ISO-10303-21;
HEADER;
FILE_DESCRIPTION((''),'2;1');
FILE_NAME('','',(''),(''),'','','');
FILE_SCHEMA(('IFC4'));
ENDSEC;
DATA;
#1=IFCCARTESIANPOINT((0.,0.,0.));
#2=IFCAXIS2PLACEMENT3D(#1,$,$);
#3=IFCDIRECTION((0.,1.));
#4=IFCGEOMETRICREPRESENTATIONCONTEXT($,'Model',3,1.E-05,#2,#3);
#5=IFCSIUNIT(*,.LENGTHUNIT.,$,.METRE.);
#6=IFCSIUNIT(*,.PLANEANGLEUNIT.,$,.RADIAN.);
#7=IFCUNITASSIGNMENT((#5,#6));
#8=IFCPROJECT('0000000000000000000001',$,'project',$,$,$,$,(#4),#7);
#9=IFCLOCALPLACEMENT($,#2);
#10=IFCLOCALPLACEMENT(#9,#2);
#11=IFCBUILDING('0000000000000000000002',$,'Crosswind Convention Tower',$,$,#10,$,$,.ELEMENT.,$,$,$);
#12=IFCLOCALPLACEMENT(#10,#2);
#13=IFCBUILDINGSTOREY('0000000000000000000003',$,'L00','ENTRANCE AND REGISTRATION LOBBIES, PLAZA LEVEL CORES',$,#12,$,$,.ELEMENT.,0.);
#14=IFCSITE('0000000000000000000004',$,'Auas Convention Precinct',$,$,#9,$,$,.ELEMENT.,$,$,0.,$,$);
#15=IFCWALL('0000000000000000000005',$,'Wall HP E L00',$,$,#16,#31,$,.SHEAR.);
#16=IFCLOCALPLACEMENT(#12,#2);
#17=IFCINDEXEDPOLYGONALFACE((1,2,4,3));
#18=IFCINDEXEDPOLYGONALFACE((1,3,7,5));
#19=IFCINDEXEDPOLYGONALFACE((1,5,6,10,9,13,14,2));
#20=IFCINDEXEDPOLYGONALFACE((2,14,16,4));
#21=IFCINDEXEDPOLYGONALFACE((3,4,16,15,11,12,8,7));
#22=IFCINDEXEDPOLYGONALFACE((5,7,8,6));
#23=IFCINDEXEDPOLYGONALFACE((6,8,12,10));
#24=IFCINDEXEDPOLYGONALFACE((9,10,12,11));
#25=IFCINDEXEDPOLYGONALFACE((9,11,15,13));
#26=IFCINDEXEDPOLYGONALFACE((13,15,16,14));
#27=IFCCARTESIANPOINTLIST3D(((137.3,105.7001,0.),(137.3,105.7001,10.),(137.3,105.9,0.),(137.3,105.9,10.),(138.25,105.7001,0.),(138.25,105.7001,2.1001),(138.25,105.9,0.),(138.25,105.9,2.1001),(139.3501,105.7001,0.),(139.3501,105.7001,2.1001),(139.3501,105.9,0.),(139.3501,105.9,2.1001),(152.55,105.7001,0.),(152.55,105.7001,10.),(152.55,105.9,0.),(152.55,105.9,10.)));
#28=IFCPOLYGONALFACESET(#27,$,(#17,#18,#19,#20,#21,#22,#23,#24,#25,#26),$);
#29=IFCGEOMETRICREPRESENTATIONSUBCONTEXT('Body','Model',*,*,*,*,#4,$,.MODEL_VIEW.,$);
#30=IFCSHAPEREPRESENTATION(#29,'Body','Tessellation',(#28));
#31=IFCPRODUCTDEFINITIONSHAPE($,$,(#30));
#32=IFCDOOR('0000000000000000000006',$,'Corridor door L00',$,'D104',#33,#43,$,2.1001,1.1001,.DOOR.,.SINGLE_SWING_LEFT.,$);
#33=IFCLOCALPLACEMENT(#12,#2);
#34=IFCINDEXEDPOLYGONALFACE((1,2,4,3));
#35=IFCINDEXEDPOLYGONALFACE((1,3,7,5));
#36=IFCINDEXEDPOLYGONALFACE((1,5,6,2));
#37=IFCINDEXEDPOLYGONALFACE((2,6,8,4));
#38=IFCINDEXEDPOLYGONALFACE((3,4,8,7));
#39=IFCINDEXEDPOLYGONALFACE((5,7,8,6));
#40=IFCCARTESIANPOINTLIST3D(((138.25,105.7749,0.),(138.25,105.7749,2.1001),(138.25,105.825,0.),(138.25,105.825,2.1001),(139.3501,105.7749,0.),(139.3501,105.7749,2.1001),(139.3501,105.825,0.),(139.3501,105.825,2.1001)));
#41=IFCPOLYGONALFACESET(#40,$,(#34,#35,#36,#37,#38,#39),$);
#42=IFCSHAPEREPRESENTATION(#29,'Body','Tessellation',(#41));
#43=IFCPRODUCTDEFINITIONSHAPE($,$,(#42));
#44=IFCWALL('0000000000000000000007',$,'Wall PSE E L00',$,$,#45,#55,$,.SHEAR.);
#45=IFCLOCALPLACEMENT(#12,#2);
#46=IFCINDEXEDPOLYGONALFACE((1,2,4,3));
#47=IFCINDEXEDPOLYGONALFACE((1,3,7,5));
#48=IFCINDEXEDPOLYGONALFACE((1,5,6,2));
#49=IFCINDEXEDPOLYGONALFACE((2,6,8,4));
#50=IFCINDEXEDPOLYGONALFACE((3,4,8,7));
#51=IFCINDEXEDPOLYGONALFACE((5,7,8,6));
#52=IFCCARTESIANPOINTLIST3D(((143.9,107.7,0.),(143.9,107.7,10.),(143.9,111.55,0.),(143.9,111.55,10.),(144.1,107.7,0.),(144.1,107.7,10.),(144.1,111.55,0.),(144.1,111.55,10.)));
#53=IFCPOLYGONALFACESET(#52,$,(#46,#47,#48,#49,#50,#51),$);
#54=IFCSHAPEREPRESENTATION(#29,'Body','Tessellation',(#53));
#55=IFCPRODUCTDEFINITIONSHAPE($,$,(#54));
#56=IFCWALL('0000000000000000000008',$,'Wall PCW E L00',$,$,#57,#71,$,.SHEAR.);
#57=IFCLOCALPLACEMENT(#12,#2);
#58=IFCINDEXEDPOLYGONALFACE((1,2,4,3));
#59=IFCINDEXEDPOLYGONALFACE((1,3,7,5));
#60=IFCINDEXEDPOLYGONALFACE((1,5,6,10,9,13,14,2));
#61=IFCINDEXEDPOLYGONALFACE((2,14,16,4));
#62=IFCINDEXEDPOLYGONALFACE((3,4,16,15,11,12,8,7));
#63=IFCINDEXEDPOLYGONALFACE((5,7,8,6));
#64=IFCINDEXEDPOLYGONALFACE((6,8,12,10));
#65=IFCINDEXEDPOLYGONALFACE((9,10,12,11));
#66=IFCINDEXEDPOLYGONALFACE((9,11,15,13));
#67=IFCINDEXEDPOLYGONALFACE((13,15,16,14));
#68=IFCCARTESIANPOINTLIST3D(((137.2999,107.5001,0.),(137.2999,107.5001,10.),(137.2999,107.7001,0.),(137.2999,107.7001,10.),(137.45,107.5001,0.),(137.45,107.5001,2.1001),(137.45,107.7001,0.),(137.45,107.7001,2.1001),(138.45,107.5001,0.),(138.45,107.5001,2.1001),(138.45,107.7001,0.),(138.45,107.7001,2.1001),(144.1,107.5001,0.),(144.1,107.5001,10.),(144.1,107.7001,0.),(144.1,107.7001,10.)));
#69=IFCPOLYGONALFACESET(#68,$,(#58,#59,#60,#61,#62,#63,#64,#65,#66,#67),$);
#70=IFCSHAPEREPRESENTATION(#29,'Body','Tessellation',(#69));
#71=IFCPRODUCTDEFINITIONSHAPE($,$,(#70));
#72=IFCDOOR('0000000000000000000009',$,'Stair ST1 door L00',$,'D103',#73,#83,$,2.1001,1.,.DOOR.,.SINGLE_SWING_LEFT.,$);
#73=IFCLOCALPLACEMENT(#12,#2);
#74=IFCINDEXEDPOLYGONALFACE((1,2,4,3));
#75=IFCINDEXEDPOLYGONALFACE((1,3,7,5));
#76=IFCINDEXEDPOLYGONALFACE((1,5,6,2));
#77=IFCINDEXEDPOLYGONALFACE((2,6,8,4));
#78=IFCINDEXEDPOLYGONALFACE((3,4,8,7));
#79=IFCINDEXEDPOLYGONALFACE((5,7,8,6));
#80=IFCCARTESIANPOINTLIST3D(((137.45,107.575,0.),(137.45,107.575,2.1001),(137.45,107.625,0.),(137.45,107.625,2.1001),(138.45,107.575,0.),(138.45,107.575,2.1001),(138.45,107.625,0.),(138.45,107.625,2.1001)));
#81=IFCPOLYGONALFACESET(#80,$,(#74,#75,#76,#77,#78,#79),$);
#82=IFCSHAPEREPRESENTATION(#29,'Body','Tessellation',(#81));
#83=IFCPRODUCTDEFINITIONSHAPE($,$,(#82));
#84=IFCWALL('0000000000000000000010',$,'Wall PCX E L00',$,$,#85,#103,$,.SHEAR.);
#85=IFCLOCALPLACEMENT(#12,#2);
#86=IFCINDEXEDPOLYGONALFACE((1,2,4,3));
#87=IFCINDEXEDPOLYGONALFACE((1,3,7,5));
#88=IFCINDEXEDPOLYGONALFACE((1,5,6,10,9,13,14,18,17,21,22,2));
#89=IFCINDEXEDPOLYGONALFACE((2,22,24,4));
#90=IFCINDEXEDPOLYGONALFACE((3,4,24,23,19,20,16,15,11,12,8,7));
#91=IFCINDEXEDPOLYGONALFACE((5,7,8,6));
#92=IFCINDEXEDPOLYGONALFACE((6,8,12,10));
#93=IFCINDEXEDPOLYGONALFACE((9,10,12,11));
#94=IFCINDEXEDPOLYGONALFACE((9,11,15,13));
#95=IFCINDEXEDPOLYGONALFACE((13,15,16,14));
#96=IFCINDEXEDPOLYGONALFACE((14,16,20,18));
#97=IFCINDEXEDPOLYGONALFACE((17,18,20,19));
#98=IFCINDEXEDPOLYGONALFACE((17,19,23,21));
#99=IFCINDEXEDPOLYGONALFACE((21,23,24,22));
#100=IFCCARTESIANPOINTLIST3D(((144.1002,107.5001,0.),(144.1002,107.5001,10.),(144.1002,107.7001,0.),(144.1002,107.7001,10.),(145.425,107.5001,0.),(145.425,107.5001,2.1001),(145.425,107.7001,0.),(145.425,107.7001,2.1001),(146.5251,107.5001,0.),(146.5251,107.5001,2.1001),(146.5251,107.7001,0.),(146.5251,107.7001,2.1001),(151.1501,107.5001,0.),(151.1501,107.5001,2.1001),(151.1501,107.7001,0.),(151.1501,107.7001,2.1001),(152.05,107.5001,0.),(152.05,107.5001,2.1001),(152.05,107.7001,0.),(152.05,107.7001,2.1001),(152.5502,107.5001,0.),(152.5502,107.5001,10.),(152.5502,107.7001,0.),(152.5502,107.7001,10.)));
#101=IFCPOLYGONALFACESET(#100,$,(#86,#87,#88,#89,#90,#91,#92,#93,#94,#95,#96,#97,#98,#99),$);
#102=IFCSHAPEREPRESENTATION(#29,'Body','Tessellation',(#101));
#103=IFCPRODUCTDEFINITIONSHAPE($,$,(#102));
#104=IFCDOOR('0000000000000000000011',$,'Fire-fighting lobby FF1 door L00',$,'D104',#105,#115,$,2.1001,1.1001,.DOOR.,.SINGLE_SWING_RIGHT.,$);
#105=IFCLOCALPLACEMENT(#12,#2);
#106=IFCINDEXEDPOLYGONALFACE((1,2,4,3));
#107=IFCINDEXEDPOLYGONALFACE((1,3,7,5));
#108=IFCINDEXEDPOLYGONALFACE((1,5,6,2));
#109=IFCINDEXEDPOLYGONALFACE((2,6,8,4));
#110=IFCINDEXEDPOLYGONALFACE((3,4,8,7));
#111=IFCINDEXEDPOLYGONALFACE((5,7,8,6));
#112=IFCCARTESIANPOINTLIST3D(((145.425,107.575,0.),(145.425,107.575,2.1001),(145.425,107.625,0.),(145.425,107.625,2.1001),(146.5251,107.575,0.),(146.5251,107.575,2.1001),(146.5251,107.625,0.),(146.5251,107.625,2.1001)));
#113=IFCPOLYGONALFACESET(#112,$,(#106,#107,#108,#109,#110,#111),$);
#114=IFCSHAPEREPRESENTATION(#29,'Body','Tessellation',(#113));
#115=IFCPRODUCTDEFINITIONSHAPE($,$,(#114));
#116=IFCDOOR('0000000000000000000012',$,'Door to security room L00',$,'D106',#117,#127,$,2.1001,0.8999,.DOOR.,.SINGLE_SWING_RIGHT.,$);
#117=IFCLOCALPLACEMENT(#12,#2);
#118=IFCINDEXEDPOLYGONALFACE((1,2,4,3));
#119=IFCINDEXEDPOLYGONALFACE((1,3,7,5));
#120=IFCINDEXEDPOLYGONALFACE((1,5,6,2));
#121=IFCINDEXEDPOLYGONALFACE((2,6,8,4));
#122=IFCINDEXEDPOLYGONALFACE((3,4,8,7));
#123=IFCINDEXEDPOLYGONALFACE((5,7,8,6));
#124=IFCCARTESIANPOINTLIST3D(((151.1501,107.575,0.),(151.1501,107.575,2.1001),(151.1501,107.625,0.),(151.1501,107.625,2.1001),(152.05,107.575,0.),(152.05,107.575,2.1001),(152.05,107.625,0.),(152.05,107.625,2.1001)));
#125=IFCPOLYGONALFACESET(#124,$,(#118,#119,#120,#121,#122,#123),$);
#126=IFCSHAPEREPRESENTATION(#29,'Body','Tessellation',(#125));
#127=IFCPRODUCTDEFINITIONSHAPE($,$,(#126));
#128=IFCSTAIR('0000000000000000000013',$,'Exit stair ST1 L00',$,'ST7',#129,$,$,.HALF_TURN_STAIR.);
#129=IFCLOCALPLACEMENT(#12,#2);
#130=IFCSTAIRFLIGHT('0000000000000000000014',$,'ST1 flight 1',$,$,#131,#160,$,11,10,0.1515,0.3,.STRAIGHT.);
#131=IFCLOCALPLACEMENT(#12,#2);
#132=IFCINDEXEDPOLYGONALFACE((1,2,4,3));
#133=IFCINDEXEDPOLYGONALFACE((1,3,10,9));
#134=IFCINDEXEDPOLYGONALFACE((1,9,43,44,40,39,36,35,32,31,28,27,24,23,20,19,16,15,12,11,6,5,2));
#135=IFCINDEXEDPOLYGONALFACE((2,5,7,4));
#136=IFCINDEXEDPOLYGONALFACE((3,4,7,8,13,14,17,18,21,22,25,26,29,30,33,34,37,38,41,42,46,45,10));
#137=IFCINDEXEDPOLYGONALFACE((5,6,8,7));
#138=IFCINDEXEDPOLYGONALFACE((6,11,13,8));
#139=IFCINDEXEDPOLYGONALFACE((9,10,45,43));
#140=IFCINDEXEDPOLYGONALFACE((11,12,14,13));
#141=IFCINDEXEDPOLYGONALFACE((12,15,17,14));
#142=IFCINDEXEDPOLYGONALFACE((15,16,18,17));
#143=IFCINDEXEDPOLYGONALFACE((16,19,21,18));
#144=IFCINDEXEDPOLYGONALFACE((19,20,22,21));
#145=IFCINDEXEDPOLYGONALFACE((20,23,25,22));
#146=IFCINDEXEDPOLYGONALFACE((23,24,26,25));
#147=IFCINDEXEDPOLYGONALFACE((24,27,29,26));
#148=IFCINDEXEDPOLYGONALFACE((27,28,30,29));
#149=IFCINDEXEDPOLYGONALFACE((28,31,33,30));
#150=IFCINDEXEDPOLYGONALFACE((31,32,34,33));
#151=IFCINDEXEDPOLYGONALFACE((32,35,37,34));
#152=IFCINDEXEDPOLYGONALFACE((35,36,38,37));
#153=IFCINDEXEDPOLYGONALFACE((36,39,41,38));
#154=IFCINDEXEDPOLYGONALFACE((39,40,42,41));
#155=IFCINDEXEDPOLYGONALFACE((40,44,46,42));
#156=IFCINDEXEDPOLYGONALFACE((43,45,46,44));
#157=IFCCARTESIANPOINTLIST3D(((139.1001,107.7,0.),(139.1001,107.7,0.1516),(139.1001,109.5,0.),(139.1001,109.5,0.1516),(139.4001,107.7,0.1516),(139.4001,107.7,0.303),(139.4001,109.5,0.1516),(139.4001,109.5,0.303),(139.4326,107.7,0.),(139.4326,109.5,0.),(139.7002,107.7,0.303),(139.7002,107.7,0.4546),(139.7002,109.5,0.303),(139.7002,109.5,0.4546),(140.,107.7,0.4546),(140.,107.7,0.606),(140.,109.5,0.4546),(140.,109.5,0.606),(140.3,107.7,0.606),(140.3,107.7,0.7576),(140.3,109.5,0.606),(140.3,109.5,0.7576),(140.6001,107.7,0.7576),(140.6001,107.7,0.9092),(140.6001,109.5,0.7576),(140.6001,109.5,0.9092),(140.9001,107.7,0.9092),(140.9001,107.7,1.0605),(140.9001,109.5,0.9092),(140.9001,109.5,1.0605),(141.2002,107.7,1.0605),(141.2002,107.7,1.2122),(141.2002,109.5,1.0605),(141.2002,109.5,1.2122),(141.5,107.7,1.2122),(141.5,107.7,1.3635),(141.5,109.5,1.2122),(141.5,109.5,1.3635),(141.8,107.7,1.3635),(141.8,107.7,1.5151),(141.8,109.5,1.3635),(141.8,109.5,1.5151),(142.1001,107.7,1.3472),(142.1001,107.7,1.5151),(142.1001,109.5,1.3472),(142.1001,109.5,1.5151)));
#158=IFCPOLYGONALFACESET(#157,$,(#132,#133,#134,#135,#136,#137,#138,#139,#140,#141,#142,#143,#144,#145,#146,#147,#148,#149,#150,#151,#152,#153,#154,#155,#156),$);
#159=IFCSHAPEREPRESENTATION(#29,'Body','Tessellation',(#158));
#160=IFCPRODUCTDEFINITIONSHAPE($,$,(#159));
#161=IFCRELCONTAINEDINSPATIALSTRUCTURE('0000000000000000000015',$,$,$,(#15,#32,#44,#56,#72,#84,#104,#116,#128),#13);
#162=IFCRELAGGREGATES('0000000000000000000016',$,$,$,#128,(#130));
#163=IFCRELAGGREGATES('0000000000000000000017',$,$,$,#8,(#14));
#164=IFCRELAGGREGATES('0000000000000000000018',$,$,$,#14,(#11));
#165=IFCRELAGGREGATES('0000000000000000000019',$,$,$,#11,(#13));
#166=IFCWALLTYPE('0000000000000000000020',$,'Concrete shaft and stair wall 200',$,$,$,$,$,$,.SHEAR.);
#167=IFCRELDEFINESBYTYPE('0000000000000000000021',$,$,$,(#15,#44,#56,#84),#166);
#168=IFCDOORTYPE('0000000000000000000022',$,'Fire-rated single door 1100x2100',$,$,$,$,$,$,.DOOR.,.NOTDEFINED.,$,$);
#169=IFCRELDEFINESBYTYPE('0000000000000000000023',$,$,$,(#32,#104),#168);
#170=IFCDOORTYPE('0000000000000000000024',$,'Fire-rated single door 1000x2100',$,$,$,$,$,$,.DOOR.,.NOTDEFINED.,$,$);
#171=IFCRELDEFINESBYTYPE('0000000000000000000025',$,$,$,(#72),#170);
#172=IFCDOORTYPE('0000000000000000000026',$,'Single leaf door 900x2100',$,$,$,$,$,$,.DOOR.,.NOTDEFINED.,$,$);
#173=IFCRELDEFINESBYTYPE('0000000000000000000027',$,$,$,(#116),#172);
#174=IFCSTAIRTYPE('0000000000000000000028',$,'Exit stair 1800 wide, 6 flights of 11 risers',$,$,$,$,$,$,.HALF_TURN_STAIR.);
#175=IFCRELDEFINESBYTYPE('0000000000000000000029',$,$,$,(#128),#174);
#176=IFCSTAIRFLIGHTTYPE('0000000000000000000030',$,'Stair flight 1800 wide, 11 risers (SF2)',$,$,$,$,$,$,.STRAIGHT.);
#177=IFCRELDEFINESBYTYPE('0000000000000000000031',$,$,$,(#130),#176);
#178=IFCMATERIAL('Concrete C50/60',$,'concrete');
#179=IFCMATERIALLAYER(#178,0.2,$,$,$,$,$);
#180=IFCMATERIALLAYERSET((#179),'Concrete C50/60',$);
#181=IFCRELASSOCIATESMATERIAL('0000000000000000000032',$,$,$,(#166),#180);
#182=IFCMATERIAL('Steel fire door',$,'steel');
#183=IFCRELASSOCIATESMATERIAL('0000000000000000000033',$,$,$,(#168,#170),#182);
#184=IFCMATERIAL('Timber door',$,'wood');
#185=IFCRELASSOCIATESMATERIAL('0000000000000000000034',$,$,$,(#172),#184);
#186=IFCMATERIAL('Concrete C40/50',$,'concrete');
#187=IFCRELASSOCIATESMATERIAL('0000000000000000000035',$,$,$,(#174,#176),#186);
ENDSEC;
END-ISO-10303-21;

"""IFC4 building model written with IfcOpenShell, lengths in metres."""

from ifc_helpers import new_model, si_unit, direction, frame, frame_2d, origin, place, context, subcontext, project, spatial, polyline, rectangle, outline, extrude, material, layer, layer_set, type_object, element, fill, aggregate, save


model = new_model("IFC4")

# Units and contexts
model_context = context("Model", 3, precision=1e-05, world=origin(), true_north=direction((0.0, 1.0)))
body_context = subcontext(model_context, "Body", "Model", "MODEL_VIEW")
ifc_project = project(units=[si_unit("LENGTHUNIT", "METRE"), si_unit("PLANEANGLEUNIT", "RADIAN")], contexts=[model_context])

# Site, building, storey
site_placement = place(None, origin())
site = spatial("IfcSite", under=ifc_project, at=site_placement, Name="Auas Convention Precinct", CompositionType="ELEMENT", RefElevation=0.0)
building_placement = place(site_placement, origin())
building = spatial("IfcBuilding", under=site, at=building_placement, Name="Crosswind Convention Tower", CompositionType="ELEMENT")
storey_placement = place(building_placement, origin())
storey = spatial("IfcBuildingStorey", under=building, at=storey_placement, Name="L00", Description="ENTRANCE AND REGISTRATION LOBBIES, PLAZA LEVEL CORES", CompositionType="ELEMENT", Elevation=0.0)

# Shared definitions
ifc_material_1 = material(Name="Concrete C40/50", Category="concrete")

# Shared definitions
ifc_material_2 = material(Name="Concrete C50/60", Category="concrete")
ifc_layer = layer(ifc_material_2, 0.2)
ifc_layer_set = layer_set([ifc_layer], Name="Concrete C50/60")
wall_type = type_object("IfcWallType", Name="Concrete shaft and stair wall 200", PredefinedType="SHEAR", material=ifc_layer_set)

# Wall, opening, door
wall_1_placement = place(storey_placement, frame((137.3, 105.8, 0.0), z_axis=(0.0, 0.0, 1.0), x_axis=(1.0, 0.0, 0.0)))
wall_1 = element("IfcWall", 1, at=wall_1_placement, inside=storey, type_object=wall_type, Name="Wall HP E L00", PredefinedType="SHEAR", context=body_context, shape_type="SweptSolid", body=[
    extrude(rectangle(XDim=15.25, YDim=0.2, at=frame_2d((7.625, 0.0))), origin(), (0.0, 0.0, 1.0), 10.0),
])
opening_1_placement = place(wall_1_placement, frame((0.95, 0.0, 0.0)))
opening_1 = element("IfcOpeningElement", 2, at=opening_1_placement, cuts=wall_1, PredefinedType="OPENING", context=body_context, shape_type="SweptSolid", body=[
    extrude(rectangle(XDim=1.1001, YDim=2.1001, at=frame_2d((0.55, 1.05))), frame((0.0, 0.1099, 0.0), z_axis=(0.0, -1.0, 0.0), x_axis=(1.0, 0.0, 0.0)), (0.0, 0.0, 1.0), 0.22),
])
ifc_material_3 = material(Name="Steel fire door", Category="steel")
door_type_1 = type_object("IfcDoorType", Name="Fire-rated single door 1100x2100", OperationType="NOTDEFINED", PredefinedType="DOOR", material=ifc_material_3)
door_1_placement = place(opening_1_placement, origin())
door_1 = element("IfcDoor", 3, at=door_1_placement, inside=storey, type_object=door_type_1, Name="Corridor door L00", ObjectType="D104", OperationType="SINGLE_SWING_LEFT", OverallHeight=2.1001, OverallWidth=1.1001, PredefinedType="DOOR", context=body_context, shape_type="SweptSolid", body=[
    extrude(rectangle(XDim=1.1001, YDim=2.1001, at=frame_2d((0.55, 1.05))), frame((0.0, 0.0249, 0.0), z_axis=(0.0, -1.0, 0.0), x_axis=(1.0, 0.0, 0.0)), (0.0, 0.0, 1.0), 0.05),
])
fill(opening_1, door_1)

# Wall
wall_2_placement = place(storey_placement, frame((144.0, 107.7, 0.0), z_axis=(0.0, 0.0, 1.0), x_axis=(0.0, 1.0, 0.0)))
element("IfcWall", 4, at=wall_2_placement, inside=storey, type_object=wall_type, Name="Wall PSE E L00", PredefinedType="SHEAR", context=body_context, shape_type="SweptSolid", body=[
    extrude(rectangle(XDim=3.8501, YDim=0.2, at=frame_2d((1.925, 0.0))), origin(), (0.0, 0.0, 1.0), 10.0),
])

# Wall, opening, door
wall_3_placement = place(storey_placement, frame((137.3, 107.6001, 0.0), z_axis=(0.0, 0.0, 1.0), x_axis=(1.0, 0.0, 0.0)))
wall_3 = element("IfcWall", 5, at=wall_3_placement, inside=storey, type_object=wall_type, Name="Wall PCW E L00", PredefinedType="SHEAR", context=body_context, shape_type="SweptSolid", body=[
    extrude(rectangle(XDim=6.8, YDim=0.2, at=frame_2d((3.3999, 0.0))), origin(), (0.0, 0.0, 1.0), 10.0),
])
opening_2_placement = place(wall_3_placement, frame((0.1499, 0.0, 0.0)))
opening_2 = element("IfcOpeningElement", 6, at=opening_2_placement, cuts=wall_3, PredefinedType="OPENING", context=body_context, shape_type="SweptSolid", body=[
    extrude(rectangle(XDim=1.0, YDim=2.1001, at=frame_2d((0.5, 1.05))), frame((0.0, 0.1099, 0.0), z_axis=(0.0, -1.0, 0.0), x_axis=(1.0, 0.0, 0.0)), (0.0, 0.0, 1.0), 0.22),
])
door_type_2 = type_object("IfcDoorType", Name="Fire-rated single door 1000x2100", OperationType="NOTDEFINED", PredefinedType="DOOR", material=ifc_material_3)
door_2_placement = place(opening_2_placement, origin())
door_2 = element("IfcDoor", 7, at=door_2_placement, inside=storey, type_object=door_type_2, Name="Stair ST1 door L00", ObjectType="D103", OperationType="SINGLE_SWING_LEFT", OverallHeight=2.1001, OverallWidth=1.0, PredefinedType="DOOR", context=body_context, shape_type="SweptSolid", body=[
    extrude(rectangle(XDim=1.0, YDim=2.1001, at=frame_2d((0.5, 1.05))), frame((0.0, 0.0249, 0.0), z_axis=(0.0, -1.0, 0.0), x_axis=(1.0, 0.0, 0.0)), (0.0, 0.0, 1.0), 0.05),
])
fill(opening_2, door_2)

# Wall, openings, doors
wall_4_placement = place(storey_placement, frame((144.1001, 107.6001, 0.0), z_axis=(0.0, 0.0, 1.0), x_axis=(1.0, 0.0, 0.0)))
wall_4 = element("IfcWall", 8, at=wall_4_placement, inside=storey, type_object=wall_type, Name="Wall PCX E L00", PredefinedType="SHEAR", context=body_context, shape_type="SweptSolid", body=[
    extrude(rectangle(XDim=8.45, YDim=0.2, at=frame_2d((4.2251, 0.0))), origin(), (0.0, 0.0, 1.0), 10.0),
])
opening_3_placement = place(wall_4_placement, frame((1.325, 0.0, 0.0)))
opening_3 = element("IfcOpeningElement", 9, at=opening_3_placement, cuts=wall_4, PredefinedType="OPENING", context=body_context, shape_type="SweptSolid", body=[
    extrude(rectangle(XDim=1.1001, YDim=2.1001, at=frame_2d((0.55, 1.05))), frame((0.0, 0.1099, 0.0), z_axis=(0.0, -1.0, 0.0), x_axis=(1.0, 0.0, 0.0)), (0.0, 0.0, 1.0), 0.22),
])
opening_4_placement = place(wall_4_placement, frame((7.05, 0.0, 0.0)))
opening_4 = element("IfcOpeningElement", 10, at=opening_4_placement, cuts=wall_4, PredefinedType="OPENING", context=body_context, shape_type="SweptSolid", body=[
    extrude(rectangle(XDim=0.8999, YDim=2.1001, at=frame_2d((0.45, 1.05))), frame((0.0, 0.1099, 0.0), z_axis=(0.0, -1.0, 0.0), x_axis=(1.0, 0.0, 0.0)), (0.0, 0.0, 1.0), 0.22),
])
door_3_placement = place(opening_3_placement, origin())
door_3 = element("IfcDoor", 11, at=door_3_placement, inside=storey, type_object=door_type_1, Name="Fire-fighting lobby FF1 door L00", ObjectType="D104", OperationType="SINGLE_SWING_RIGHT", OverallHeight=2.1001, OverallWidth=1.1001, PredefinedType="DOOR", context=body_context, shape_type="SweptSolid", body=[
    extrude(rectangle(XDim=1.1001, YDim=2.1001, at=frame_2d((0.55, 1.05))), frame((0.0, 0.0249, 0.0), z_axis=(0.0, -1.0, 0.0), x_axis=(1.0, 0.0, 0.0)), (0.0, 0.0, 1.0), 0.05),
])
fill(opening_3, door_3)
ifc_material_4 = material(Name="Timber door", Category="wood")
door_type_3 = type_object("IfcDoorType", Name="Single leaf door 900x2100", OperationType="NOTDEFINED", PredefinedType="DOOR", material=ifc_material_4)
door_4_placement = place(opening_4_placement, origin())
door_4 = element("IfcDoor", 12, at=door_4_placement, inside=storey, type_object=door_type_3, Name="Door to security room L00", ObjectType="D106", OperationType="SINGLE_SWING_RIGHT", OverallHeight=2.1001, OverallWidth=0.8999, PredefinedType="DOOR", context=body_context, shape_type="SweptSolid", body=[
    extrude(rectangle(XDim=0.8999, YDim=2.1001, at=frame_2d((0.45, 1.05))), frame((0.0, 0.0249, 0.0), z_axis=(0.0, -1.0, 0.0), x_axis=(1.0, 0.0, 0.0)), (0.0, 0.0, 1.0), 0.05),
])
fill(opening_4, door_4)

# Stair, stair flight
stair_type = type_object("IfcStairType", Name="Exit stair 1800 wide, 6 flights of 11 risers", PredefinedType="HALF_TURN_STAIR", material=ifc_material_1)
stair_placement = place(storey_placement, origin())
stair = element("IfcStair", 13, at=stair_placement, inside=storey, type_object=stair_type, Name="Exit stair ST1 L00", ObjectType="ST7", PredefinedType="HALF_TURN_STAIR")
stair_flight_type = type_object("IfcStairFlightType", Name="Stair flight 1800 wide, 11 risers (SF2)", PredefinedType="STRAIGHT", material=ifc_material_1)
stair_flight_1_placement = place(storey_placement, frame((139.1001, 108.6001, 0.0), z_axis=(0.0, 0.0, 1.0), x_axis=(1.0, 0.0, 0.0)))
stair_flight_1 = element("IfcStairFlight", 14, at=stair_flight_1_placement, type_object=stair_flight_type, Name="ST1 flight 1", NumberOfRisers=11, NumberOfTreads=10, PredefinedType="STRAIGHT", RiserHeight=0.1515, TreadLength=0.3, context=body_context, shape_type="SweptSolid", body=[
    extrude(outline(polyline([(0.0, 0.0), (0.0, 0.1516), (0.3, 0.1516), (0.3, 0.303), (0.6001, 0.303), (0.6001, 0.4546), (0.8999, 0.4546), (0.8999, 0.606), (1.2, 0.606), (1.2, 0.7576), (1.5, 0.7576), (1.5, 0.9092), (1.8, 0.9092), (1.8, 1.0605), (2.1001, 1.0605), (2.1001, 1.2122), (2.3999, 1.2122), (2.3999, 1.3635), (2.7, 1.3635), (2.7, 1.5151), (3.0, 1.5151), (3.0, 1.6667), (3.0, 1.3472), (0.3325, 0.0), (0.0, 0.0)])), frame((0.0, 0.8999, 0.0), z_axis=(0.0, -1.0, 0.0), x_axis=(1.0, 0.0, 0.0)), (0.0, 0.0, 1.0), 1.8),
])
aggregate(stair, [stair_flight_1])

save(model, "model.ifc")
